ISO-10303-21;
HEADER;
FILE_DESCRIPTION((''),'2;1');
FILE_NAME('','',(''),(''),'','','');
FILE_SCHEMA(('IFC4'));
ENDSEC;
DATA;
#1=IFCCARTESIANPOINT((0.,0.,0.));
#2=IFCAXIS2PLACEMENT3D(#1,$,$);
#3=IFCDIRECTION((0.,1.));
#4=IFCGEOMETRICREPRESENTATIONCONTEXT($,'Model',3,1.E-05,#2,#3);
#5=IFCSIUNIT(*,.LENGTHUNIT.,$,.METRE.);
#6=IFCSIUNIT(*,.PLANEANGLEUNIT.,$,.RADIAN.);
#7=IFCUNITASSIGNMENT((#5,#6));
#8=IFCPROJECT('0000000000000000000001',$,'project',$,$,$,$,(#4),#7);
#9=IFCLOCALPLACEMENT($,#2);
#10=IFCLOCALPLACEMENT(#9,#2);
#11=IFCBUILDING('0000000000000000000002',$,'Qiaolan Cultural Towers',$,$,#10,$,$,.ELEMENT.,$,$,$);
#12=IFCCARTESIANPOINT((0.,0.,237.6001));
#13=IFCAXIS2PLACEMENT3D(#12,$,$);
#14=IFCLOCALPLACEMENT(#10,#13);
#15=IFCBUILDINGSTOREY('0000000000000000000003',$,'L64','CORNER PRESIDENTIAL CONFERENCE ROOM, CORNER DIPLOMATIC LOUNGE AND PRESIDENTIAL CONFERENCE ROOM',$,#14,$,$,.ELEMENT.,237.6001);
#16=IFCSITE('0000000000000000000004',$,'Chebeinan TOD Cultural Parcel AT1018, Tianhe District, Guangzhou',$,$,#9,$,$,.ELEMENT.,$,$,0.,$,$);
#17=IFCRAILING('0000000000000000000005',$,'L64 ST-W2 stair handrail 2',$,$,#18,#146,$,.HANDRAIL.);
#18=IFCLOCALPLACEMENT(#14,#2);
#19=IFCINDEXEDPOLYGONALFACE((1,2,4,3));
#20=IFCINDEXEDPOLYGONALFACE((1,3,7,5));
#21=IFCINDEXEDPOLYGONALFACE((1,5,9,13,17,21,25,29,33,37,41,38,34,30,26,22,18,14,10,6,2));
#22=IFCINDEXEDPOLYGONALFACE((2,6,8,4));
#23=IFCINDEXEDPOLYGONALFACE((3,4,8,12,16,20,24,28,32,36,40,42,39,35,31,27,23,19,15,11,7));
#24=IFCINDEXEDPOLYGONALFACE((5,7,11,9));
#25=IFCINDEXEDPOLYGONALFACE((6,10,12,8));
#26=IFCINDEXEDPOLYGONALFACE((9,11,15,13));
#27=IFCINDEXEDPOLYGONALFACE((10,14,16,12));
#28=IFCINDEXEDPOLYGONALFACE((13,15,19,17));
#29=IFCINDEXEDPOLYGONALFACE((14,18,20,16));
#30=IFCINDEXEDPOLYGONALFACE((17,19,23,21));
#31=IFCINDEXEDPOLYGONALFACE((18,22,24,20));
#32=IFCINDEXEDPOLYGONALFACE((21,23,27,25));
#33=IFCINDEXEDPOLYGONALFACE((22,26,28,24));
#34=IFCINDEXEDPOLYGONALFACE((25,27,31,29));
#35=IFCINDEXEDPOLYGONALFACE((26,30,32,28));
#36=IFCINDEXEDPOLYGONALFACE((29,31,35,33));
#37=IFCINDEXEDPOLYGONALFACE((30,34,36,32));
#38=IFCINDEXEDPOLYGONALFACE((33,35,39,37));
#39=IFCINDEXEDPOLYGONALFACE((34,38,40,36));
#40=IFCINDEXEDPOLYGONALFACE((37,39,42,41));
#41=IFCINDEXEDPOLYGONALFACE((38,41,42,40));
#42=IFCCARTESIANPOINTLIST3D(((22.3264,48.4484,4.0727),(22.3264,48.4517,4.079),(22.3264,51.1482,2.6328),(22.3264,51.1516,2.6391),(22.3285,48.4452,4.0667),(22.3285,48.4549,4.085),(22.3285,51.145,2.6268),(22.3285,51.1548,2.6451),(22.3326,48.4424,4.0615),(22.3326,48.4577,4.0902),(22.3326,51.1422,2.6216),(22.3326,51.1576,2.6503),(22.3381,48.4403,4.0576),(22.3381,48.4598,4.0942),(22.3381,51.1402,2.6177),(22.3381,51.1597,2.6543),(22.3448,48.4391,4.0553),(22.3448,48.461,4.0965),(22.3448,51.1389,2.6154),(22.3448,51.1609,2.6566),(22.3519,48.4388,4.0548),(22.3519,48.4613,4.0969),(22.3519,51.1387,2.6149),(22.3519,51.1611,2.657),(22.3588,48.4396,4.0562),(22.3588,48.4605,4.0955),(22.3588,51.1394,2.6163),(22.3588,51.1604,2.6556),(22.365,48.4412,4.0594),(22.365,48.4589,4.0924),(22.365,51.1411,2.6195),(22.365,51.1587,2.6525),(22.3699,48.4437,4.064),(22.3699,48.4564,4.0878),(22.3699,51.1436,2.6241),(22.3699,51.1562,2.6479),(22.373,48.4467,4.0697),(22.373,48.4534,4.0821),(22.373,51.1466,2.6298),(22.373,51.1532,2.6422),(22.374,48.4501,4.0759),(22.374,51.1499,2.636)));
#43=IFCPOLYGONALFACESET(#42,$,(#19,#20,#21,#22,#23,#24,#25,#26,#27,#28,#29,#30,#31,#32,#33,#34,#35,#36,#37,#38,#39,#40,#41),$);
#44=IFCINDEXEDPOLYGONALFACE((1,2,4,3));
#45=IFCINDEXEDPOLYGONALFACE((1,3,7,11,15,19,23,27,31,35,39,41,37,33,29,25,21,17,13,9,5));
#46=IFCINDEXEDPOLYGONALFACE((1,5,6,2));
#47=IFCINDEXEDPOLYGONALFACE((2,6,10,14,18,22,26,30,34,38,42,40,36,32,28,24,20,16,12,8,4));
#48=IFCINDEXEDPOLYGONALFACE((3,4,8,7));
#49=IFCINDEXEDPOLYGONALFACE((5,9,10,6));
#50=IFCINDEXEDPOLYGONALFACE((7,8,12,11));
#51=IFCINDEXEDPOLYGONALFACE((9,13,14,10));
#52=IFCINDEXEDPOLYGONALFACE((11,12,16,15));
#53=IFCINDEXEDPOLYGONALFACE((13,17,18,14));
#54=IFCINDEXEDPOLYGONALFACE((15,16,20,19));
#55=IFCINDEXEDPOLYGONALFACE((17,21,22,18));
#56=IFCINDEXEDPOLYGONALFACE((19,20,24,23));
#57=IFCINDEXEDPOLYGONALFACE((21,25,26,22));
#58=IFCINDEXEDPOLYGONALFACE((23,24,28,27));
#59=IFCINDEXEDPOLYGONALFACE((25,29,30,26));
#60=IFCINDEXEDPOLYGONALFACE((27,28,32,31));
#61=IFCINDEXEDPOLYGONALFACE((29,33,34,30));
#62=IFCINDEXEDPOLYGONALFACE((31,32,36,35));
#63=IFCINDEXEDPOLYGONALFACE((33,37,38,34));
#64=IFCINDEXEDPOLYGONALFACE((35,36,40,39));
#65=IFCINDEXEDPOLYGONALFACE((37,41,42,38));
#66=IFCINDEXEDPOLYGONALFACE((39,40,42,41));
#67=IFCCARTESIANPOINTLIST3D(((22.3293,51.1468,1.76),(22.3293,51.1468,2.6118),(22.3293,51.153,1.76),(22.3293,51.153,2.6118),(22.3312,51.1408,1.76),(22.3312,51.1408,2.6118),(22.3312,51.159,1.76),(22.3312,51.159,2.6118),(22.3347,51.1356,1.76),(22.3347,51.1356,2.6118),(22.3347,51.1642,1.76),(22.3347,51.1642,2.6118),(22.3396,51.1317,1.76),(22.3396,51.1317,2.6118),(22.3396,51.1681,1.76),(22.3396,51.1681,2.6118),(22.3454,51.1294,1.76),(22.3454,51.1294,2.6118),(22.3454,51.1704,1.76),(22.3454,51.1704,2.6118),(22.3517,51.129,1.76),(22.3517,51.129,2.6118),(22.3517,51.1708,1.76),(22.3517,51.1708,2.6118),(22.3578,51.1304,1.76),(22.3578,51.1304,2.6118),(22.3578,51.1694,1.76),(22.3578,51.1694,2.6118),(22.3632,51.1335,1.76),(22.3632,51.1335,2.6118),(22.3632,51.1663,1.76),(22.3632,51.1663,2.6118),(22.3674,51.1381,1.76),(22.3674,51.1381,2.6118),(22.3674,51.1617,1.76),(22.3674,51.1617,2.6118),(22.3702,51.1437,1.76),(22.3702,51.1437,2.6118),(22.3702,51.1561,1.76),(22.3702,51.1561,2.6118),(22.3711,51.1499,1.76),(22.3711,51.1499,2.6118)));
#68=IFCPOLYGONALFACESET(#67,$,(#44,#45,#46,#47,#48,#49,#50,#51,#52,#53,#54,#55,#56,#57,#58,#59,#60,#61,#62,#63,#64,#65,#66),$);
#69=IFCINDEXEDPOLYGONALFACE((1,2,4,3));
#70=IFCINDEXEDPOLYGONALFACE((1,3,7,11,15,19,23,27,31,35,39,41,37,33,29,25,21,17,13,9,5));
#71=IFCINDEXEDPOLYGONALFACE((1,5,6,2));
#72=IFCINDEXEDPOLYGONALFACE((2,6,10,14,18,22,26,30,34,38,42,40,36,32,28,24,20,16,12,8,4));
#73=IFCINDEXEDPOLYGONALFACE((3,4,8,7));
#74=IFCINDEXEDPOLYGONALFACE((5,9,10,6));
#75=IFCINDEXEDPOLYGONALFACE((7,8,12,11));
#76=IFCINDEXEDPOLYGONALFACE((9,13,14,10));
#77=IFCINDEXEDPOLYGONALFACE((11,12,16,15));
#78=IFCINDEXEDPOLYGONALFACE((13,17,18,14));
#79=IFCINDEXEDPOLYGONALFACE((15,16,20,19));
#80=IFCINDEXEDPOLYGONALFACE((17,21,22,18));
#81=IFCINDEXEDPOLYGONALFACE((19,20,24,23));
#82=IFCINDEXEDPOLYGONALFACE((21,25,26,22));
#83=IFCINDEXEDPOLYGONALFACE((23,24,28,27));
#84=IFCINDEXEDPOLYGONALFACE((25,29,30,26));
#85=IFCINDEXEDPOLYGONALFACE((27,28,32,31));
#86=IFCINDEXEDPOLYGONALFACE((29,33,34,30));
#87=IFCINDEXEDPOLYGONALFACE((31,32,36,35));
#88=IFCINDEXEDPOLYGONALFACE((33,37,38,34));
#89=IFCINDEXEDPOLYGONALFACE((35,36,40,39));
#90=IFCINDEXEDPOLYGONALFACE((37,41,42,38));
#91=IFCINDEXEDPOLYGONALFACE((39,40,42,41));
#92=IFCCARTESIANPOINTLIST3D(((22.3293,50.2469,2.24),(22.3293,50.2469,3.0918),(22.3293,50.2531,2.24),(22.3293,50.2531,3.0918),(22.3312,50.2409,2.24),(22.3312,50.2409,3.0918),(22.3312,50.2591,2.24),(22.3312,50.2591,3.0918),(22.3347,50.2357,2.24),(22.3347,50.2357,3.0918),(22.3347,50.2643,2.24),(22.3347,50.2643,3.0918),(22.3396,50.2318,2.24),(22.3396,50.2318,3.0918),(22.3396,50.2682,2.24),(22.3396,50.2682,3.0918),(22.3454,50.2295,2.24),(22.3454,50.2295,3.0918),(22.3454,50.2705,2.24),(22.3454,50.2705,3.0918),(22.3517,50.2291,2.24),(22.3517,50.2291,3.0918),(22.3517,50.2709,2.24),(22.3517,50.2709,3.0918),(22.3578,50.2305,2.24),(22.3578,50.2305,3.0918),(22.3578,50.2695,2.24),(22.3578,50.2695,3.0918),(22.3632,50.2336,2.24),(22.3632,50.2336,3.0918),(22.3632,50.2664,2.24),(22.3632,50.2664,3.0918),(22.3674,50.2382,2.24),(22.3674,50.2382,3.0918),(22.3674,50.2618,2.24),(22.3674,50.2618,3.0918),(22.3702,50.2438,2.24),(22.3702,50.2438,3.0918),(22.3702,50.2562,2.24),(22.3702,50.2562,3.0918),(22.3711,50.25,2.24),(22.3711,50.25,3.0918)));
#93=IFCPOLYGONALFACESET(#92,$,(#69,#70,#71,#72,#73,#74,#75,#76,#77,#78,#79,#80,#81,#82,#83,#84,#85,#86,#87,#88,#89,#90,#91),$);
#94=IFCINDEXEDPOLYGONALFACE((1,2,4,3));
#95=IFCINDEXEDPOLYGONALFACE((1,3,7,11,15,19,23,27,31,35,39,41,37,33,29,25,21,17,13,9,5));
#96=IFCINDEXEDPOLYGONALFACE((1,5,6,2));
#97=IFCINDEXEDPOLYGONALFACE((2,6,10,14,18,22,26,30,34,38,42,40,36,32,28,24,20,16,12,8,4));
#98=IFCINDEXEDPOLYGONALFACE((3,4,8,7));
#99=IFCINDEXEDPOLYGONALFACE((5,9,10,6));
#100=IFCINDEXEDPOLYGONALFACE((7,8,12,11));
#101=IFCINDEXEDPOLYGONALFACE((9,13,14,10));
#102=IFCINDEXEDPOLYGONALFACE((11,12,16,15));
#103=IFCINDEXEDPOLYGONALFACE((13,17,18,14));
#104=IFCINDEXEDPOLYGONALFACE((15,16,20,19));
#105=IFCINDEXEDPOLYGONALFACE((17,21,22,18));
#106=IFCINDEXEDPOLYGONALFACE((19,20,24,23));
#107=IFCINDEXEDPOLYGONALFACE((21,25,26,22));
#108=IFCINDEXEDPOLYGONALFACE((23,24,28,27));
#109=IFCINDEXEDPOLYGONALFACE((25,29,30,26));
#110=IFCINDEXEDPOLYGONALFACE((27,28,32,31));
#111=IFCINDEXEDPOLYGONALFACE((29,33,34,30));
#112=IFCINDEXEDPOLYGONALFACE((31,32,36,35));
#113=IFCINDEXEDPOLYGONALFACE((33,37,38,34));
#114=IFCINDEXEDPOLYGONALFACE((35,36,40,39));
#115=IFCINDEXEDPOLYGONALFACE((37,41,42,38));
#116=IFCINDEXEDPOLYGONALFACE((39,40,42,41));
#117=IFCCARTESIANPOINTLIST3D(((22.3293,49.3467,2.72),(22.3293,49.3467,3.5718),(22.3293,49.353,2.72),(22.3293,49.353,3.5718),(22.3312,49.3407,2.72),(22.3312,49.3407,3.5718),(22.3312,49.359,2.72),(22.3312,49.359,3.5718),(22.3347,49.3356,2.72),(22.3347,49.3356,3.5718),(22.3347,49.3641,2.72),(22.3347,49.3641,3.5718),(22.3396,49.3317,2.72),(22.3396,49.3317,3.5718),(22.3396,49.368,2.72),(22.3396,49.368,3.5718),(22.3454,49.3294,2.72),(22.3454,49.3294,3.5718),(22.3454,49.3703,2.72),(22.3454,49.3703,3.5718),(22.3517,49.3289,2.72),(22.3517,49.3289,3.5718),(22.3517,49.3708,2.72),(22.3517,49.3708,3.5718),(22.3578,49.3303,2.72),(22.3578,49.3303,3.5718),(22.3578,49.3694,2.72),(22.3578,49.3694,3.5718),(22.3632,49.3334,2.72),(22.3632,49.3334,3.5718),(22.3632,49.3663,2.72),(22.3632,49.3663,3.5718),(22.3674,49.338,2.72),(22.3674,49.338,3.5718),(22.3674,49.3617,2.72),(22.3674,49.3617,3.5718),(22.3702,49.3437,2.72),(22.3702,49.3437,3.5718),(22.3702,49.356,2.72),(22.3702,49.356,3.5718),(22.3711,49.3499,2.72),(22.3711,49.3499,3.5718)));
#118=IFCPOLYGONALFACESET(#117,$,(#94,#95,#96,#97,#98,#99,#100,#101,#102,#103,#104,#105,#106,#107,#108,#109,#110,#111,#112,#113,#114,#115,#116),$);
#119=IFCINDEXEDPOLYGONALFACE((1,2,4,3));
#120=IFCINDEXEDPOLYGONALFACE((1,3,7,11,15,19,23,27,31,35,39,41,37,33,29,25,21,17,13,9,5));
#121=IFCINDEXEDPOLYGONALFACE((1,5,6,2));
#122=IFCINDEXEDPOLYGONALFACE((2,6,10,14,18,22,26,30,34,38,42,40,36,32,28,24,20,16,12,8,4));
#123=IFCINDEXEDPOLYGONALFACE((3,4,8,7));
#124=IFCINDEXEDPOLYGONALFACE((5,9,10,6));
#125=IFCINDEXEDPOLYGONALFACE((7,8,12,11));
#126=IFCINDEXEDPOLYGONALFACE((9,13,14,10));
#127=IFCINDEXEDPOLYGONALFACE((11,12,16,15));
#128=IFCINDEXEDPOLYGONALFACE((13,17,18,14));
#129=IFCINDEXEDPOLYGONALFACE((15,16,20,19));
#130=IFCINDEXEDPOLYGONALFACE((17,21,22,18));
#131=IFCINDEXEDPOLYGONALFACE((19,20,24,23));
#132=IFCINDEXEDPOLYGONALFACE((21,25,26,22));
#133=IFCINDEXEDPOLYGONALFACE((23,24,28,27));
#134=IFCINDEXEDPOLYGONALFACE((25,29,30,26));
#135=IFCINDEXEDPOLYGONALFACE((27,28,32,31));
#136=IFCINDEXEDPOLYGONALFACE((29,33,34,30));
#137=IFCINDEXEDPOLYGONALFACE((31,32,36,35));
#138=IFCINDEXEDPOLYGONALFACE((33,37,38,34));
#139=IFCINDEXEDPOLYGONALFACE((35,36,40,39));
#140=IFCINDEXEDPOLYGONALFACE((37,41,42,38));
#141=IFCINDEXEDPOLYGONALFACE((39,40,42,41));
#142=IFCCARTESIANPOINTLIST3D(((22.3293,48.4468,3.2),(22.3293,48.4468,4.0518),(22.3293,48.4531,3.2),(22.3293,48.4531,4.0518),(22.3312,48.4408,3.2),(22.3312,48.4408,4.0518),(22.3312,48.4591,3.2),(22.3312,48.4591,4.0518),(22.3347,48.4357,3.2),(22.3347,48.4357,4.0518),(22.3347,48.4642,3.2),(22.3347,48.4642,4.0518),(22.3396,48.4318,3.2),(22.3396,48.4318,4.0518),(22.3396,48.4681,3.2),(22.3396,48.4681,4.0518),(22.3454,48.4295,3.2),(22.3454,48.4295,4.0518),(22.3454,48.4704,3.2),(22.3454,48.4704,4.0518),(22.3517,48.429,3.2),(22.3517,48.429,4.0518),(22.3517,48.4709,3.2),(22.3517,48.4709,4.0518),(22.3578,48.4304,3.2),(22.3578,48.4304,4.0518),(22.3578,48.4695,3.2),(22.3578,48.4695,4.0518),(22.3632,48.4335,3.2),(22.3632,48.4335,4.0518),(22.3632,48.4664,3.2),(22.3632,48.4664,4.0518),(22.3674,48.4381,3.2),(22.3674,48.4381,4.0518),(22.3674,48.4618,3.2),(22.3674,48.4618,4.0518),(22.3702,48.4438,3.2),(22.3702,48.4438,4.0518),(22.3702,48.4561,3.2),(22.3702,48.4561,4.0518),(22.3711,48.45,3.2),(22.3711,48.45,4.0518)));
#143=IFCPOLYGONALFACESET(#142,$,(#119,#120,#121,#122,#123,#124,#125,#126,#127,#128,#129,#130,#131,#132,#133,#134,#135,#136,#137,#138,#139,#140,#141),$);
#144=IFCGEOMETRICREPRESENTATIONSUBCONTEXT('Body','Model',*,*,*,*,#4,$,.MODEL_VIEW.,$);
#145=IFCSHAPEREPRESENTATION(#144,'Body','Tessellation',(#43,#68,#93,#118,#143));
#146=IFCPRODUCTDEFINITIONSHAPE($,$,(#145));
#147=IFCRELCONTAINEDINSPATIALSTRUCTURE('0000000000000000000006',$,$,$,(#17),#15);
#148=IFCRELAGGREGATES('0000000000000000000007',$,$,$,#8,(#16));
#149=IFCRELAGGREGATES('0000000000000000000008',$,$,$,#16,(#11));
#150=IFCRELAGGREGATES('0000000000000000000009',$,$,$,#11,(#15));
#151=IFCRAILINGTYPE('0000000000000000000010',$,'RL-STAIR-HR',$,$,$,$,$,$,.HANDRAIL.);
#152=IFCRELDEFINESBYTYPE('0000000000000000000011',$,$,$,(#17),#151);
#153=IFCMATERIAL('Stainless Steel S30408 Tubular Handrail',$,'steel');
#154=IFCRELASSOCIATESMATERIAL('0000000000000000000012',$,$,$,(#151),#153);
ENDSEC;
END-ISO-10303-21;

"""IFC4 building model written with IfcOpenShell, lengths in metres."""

from ifc_helpers import new_model, si_unit, direction, frame, origin, origin_2d, place, context, subcontext, project, spatial, circle, extrude, material, type_object, element, save


model = new_model("IFC4")

# Units and contexts
model_context = context("Model", 3, precision=1e-05, world=origin(), true_north=direction((0.0, 1.0)))
body_context = subcontext(model_context, "Body", "Model", "MODEL_VIEW")
ifc_project = project(units=[si_unit("LENGTHUNIT", "METRE"), si_unit("PLANEANGLEUNIT", "RADIAN")], contexts=[model_context])

# Site, building, storey
site_placement = place(None, origin())
site = spatial("IfcSite", under=ifc_project, at=site_placement, Name="Chebeinan TOD Cultural Parcel AT1018, Tianhe District, Guangzhou", CompositionType="ELEMENT", RefElevation=0.0)
building_placement = place(site_placement, origin())
building = spatial("IfcBuilding", under=site, at=building_placement, Name="Qiaolan Cultural Towers", CompositionType="ELEMENT")
storey_placement = place(building_placement, frame((0.0, 0.0, 237.6001)))
storey = spatial("IfcBuildingStorey", under=building, at=storey_placement, Name="L64", Description="CORNER PRESIDENTIAL CONFERENCE ROOM, CORNER DIPLOMATIC LOUNGE AND PRESIDENTIAL CONFERENCE ROOM", CompositionType="ELEMENT", Elevation=237.6001)

# Railing
ifc_material_1 = material(Name="Stainless Steel S30408 Tubular Handrail", Category="steel")
railing_type_1 = type_object("IfcRailingType", Name="RL-STAIR-HR", PredefinedType="HANDRAIL", material=ifc_material_1)
railing_1_placement = place(storey_placement, frame((22.3501, 51.1499, 1.76)))
element("IfcRailing", 1, at=railing_1_placement, inside=storey, type_object=railing_type_1, Name="L64 ST-W2 stair handrail 2", PredefinedType="HANDRAIL", context=body_context, shape_type="SweptSolid", body=[
    extrude(circle(Radius=0.0239, at=origin_2d()), frame((0.0, 0.0, 0.876), z_axis=(0.0, -0.882357, 0.47058), x_axis=(1.0, 0.0, 0.0)), (0.0, 0.0, 1.0), 3.0598),
    extrude(circle(Radius=0.021, at=origin_2d()), origin(), (0.0, 0.0, 1.0), 0.8518),
    extrude(circle(Radius=0.021, at=origin_2d()), frame((0.0, -0.8999, 0.48)), (0.0, 0.0, 1.0), 0.8518),
    extrude(circle(Radius=0.021, at=origin_2d()), frame((0.0, -1.8, 0.96)), (0.0, 0.0, 1.0), 0.8518),
    extrude(circle(Radius=0.021, at=origin_2d()), frame((0.0, -2.7, 1.4399)), (0.0, 0.0, 1.0), 0.8518),
])

save(model, "model.ifc")
